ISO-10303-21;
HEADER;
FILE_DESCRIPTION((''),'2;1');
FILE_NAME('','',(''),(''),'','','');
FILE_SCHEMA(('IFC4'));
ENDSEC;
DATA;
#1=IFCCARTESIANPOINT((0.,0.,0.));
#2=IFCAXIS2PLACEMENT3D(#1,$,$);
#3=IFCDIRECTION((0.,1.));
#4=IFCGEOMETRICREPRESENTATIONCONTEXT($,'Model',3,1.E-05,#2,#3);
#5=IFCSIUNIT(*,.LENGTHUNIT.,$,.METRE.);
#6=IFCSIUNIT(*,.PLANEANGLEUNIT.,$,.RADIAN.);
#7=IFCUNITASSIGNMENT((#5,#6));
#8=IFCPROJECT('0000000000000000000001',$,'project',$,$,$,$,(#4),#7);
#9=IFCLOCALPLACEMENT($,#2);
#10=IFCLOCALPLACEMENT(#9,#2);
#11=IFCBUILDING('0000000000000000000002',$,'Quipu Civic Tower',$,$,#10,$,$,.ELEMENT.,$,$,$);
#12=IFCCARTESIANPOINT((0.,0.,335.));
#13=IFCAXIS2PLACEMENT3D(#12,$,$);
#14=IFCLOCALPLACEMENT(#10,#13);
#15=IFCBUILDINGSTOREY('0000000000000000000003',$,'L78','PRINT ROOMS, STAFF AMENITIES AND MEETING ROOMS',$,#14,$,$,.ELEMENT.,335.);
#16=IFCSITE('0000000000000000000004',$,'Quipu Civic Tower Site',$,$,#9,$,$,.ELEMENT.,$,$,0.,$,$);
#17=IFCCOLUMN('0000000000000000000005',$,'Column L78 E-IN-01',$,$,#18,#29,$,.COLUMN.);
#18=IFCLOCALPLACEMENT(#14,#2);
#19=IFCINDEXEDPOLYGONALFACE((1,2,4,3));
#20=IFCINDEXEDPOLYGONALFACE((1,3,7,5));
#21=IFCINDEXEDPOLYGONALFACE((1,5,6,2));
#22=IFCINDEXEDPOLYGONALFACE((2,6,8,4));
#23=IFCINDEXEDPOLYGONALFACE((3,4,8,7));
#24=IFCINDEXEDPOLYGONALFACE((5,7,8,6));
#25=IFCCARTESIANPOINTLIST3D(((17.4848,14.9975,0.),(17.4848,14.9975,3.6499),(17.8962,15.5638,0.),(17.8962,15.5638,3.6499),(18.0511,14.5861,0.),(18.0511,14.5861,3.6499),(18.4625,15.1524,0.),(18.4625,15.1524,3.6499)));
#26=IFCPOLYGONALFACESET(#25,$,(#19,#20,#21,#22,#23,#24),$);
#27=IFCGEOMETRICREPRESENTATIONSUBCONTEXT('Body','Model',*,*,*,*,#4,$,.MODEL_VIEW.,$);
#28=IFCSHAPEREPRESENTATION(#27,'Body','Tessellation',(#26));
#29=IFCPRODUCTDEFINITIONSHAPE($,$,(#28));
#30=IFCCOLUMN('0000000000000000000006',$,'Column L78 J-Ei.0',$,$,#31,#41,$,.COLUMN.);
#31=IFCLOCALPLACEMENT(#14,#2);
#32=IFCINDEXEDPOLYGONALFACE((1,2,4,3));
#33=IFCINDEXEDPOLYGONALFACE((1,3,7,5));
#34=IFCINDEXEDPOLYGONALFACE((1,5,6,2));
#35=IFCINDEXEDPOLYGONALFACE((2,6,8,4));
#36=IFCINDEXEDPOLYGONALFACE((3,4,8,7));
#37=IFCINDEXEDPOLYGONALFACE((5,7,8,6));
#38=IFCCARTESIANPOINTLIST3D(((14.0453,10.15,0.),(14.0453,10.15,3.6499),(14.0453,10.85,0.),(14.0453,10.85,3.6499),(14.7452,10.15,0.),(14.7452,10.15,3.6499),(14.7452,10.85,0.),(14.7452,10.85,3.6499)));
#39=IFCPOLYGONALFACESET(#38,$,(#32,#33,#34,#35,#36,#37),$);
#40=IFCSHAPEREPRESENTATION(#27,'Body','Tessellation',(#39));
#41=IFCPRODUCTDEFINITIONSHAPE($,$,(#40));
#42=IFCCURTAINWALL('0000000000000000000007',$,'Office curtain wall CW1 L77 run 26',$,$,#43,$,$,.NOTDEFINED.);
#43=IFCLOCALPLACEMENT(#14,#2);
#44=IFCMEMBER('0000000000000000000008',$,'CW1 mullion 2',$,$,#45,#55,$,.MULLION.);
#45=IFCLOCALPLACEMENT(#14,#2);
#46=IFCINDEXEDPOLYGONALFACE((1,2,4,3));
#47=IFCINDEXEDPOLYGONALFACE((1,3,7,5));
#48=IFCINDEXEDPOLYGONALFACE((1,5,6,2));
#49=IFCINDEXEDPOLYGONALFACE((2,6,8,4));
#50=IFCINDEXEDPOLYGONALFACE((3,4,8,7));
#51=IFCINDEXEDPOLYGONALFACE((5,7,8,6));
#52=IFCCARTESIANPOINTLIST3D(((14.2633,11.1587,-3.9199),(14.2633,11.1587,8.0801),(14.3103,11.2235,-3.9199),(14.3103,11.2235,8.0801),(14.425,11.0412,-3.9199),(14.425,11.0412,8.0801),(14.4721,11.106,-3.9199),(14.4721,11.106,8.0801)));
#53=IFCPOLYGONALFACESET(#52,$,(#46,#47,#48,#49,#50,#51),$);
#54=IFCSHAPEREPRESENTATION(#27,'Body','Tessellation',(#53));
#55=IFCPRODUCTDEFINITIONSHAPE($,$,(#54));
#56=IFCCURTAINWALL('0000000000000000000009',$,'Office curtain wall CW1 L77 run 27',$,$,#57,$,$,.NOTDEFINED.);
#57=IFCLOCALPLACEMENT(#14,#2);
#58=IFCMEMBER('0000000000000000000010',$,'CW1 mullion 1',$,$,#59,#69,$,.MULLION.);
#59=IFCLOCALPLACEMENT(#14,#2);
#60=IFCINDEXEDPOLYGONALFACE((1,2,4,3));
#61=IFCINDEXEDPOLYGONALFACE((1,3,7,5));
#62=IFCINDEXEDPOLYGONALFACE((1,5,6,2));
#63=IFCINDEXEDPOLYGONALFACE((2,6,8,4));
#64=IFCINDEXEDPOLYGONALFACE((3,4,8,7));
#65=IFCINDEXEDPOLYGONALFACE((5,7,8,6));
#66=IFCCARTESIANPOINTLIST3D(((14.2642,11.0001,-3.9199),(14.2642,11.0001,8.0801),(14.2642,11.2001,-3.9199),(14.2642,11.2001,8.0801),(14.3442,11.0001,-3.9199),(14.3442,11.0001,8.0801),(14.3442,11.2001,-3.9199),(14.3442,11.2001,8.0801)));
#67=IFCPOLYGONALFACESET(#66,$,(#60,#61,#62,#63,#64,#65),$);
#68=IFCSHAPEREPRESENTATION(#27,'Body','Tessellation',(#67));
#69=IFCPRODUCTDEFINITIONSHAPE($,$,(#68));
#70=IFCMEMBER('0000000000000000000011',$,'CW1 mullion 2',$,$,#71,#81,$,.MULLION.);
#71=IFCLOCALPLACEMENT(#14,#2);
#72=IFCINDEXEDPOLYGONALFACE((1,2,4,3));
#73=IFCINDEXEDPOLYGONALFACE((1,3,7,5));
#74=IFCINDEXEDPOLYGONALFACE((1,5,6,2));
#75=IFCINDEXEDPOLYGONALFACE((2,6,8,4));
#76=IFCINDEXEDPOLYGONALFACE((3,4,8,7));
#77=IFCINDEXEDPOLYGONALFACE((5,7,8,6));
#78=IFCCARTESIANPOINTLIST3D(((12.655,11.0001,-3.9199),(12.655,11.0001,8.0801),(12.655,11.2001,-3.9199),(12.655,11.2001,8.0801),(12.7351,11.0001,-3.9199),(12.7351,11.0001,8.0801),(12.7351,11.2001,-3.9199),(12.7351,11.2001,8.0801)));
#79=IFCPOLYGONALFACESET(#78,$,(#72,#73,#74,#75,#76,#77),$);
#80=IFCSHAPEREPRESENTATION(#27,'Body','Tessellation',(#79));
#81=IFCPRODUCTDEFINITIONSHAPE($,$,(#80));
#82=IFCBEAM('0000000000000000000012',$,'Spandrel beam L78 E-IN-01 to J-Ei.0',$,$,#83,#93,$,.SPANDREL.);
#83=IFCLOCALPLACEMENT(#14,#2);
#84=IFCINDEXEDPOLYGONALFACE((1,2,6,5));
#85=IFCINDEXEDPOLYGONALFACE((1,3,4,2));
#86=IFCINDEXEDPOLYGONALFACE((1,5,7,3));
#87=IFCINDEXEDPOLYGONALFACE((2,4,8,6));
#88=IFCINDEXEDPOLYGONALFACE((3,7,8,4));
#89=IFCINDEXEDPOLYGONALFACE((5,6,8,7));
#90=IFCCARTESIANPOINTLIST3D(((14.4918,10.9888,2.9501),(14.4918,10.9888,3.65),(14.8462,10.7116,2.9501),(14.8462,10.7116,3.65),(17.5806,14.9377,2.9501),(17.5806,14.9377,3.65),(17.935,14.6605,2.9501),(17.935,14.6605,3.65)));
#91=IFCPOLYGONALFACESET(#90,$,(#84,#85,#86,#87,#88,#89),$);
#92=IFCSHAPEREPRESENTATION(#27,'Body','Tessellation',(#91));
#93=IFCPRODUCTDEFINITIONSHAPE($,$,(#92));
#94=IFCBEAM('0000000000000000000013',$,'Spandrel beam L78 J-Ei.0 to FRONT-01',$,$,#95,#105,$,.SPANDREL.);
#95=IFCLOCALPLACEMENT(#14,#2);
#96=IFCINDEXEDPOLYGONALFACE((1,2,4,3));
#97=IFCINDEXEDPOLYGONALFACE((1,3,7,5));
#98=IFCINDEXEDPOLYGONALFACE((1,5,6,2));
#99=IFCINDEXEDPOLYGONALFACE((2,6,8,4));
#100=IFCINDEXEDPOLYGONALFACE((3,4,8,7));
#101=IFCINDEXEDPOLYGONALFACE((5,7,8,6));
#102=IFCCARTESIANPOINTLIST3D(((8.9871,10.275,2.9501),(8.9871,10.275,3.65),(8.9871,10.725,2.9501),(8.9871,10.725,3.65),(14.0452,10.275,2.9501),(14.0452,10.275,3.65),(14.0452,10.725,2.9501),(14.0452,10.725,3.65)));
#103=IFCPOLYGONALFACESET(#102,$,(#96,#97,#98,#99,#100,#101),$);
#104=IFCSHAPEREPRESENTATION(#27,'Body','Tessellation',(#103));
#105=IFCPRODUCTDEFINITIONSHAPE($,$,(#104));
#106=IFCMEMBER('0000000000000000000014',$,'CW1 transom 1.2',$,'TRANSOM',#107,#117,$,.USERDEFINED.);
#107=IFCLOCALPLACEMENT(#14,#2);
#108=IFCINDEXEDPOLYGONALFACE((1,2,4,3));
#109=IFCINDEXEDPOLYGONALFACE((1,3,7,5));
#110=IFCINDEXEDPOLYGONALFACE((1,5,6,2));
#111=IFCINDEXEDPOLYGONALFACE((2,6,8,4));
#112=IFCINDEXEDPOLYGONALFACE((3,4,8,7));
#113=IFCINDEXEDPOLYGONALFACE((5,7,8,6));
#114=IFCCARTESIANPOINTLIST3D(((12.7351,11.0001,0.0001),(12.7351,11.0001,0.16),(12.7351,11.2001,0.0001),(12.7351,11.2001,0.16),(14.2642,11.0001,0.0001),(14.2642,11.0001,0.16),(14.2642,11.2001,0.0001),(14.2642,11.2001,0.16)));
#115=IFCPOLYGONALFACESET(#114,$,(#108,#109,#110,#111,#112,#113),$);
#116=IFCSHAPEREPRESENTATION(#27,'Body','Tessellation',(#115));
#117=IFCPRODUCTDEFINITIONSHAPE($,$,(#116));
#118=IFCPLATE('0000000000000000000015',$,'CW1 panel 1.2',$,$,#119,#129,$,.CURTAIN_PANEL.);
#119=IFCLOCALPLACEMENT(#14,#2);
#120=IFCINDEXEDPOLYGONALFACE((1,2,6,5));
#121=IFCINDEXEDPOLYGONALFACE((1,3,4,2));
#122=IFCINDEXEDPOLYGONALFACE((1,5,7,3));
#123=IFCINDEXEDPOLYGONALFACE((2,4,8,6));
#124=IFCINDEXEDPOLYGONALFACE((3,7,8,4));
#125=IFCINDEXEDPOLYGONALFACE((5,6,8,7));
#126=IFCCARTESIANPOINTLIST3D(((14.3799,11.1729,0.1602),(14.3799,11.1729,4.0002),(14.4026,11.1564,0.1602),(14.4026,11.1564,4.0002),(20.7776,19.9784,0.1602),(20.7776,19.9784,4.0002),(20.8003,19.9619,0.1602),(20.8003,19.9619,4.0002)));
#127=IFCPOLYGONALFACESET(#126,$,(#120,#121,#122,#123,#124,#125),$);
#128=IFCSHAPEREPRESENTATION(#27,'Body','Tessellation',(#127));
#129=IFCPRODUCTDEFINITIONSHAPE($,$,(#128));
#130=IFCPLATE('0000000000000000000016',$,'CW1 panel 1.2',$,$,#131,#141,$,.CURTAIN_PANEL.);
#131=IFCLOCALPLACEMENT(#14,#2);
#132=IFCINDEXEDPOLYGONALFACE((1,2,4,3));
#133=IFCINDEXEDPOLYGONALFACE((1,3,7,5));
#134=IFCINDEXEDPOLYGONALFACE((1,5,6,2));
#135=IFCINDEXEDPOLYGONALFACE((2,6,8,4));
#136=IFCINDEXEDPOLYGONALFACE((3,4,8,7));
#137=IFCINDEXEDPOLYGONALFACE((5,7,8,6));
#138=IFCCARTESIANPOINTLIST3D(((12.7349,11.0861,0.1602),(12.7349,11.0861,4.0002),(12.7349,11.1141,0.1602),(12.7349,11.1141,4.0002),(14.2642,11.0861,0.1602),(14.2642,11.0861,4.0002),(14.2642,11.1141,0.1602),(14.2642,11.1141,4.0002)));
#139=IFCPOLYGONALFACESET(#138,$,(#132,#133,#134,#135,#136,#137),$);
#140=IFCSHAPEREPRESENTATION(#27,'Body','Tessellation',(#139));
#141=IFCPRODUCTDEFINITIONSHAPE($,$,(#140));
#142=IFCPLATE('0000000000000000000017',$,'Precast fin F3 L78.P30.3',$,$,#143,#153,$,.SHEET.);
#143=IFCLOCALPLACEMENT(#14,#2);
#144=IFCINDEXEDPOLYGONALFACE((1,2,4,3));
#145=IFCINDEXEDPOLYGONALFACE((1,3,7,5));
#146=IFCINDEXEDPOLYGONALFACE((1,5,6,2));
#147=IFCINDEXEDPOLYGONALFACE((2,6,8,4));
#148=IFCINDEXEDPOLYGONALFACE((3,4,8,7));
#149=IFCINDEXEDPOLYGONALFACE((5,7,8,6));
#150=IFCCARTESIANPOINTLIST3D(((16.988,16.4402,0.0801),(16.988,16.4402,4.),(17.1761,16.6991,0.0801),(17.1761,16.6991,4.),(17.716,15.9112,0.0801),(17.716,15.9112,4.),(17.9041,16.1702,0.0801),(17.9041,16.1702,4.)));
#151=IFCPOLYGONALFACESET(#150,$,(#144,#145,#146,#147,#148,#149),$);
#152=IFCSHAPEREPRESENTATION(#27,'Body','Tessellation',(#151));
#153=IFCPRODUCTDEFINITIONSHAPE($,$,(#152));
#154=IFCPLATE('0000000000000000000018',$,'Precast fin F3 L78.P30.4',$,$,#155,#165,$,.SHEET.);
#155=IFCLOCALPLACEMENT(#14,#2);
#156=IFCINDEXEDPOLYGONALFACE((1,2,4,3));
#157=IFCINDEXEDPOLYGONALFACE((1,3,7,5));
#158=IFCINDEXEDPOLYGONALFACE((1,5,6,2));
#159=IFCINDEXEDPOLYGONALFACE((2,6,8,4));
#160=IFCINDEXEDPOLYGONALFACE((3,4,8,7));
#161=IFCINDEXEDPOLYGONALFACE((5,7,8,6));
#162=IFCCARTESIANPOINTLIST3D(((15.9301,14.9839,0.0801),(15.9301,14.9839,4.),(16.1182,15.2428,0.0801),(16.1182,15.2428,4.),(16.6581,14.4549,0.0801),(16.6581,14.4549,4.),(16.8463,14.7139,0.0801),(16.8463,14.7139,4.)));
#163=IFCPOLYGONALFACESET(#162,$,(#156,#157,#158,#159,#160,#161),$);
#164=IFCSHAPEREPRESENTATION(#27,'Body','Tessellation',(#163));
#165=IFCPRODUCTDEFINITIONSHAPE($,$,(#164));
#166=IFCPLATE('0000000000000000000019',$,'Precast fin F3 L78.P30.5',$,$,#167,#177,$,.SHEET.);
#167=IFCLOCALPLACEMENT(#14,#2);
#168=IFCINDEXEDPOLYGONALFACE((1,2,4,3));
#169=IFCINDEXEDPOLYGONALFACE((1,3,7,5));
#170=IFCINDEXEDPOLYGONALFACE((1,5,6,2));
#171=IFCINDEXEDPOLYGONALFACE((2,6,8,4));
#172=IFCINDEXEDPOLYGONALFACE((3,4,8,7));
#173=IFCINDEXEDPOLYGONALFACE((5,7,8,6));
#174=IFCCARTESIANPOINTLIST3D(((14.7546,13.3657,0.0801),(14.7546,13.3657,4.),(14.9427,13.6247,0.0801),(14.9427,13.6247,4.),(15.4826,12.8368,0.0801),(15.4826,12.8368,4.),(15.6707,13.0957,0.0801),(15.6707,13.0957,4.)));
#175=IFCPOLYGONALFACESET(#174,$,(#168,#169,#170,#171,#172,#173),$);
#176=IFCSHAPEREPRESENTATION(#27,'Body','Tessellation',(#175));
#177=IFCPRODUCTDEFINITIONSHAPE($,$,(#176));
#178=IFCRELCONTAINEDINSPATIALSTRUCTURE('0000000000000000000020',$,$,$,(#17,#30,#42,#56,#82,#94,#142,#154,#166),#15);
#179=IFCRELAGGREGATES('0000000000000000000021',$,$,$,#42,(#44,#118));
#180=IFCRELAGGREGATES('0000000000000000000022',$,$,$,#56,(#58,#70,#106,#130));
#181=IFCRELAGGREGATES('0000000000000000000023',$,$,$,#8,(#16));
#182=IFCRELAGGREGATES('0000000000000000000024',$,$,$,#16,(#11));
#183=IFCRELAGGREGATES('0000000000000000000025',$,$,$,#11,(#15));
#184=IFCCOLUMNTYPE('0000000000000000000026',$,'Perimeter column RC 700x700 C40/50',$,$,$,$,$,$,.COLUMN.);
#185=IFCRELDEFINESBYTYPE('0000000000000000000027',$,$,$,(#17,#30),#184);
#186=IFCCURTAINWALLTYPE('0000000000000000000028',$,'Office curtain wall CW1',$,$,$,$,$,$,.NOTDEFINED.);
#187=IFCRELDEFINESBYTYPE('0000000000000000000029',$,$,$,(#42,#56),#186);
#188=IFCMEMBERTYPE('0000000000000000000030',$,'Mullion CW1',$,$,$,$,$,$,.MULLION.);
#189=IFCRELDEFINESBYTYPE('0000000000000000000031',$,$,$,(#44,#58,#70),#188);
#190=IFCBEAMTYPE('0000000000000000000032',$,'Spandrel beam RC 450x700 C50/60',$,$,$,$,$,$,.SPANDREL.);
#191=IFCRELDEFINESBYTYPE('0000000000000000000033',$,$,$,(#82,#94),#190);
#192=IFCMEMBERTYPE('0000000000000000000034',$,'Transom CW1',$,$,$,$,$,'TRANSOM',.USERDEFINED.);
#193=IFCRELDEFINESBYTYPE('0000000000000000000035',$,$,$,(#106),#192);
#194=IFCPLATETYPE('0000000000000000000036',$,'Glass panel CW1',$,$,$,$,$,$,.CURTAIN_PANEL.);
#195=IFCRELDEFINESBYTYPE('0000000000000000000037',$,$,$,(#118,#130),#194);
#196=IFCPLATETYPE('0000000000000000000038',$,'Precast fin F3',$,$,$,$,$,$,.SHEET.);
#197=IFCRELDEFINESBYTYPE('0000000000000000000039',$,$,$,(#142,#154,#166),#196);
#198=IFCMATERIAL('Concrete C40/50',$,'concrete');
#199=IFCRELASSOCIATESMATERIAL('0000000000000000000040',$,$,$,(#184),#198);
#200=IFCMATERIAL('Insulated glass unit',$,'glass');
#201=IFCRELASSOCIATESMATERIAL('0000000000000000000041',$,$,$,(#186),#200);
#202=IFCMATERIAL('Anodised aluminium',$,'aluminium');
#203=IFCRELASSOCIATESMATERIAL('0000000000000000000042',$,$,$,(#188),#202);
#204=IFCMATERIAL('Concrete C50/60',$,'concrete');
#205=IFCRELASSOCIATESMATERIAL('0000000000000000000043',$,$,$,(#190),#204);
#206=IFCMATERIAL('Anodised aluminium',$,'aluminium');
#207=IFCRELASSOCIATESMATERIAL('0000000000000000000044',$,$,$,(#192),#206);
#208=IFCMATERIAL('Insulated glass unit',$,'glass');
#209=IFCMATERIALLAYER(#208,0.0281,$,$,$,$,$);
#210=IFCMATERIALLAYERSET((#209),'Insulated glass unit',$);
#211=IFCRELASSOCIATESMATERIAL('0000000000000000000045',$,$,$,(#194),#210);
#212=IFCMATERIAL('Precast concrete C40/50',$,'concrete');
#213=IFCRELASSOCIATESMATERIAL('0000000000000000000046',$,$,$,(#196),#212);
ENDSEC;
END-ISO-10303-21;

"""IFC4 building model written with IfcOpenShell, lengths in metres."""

from ifc_helpers import new_model, si_unit, direction, frame, origin, origin_2d, place, context, subcontext, project, spatial, rectangle, extrude, material, layer, layer_set, material_profile, profile_set, type_object, element, aggregate, save


model = new_model("IFC4")

# Units and contexts
model_context = context("Model", 3, precision=1e-05, world=origin(), true_north=direction((0.0, 1.0)))
body_context = subcontext(model_context, "Body", "Model", "MODEL_VIEW")
ifc_project = project(units=[si_unit("LENGTHUNIT", "METRE"), si_unit("PLANEANGLEUNIT", "RADIAN")], contexts=[model_context])

# Site, building, storey
site_placement = place(None, origin())
site = spatial("IfcSite", under=ifc_project, at=site_placement, Name="Quipu Civic Tower Site", CompositionType="ELEMENT", RefElevation=0.0)
building_placement = place(site_placement, origin())
building = spatial("IfcBuilding", under=site, at=building_placement, Name="Quipu Civic Tower", CompositionType="ELEMENT")
storey_placement = place(building_placement, frame((0.0, 0.0, 335.0)))
storey = spatial("IfcBuildingStorey", under=building, at=storey_placement, Name="L78", Description="PRINT ROOMS, STAFF AMENITIES AND MEETING ROOMS", CompositionType="ELEMENT", Elevation=335.0)

# Columns
ifc_material_1 = material(Name="Concrete C40/50", Category="concrete")
ifc_material_profile_1 = material_profile(ifc_material_1, rectangle(XDim=0.7, YDim=0.7, at=origin_2d()), Name="RC700x700")
ifc_profile_set_1 = profile_set([ifc_material_profile_1], Name="Concrete C40/50")
column_type = type_object("IfcColumnType", Name="Perimeter column RC 700x700 C40/50", PredefinedType="COLUMN", material=ifc_profile_set_1)
for number, where, z_axis, x_axis, name in (
    (1, (17.9736, 15.075, 0.0), (0.0, 0.0, 1.0), (-0.587785, -0.809017, 0.0), "Column L78 E-IN-01"),
    (2, (14.3953, 10.5, 0.0), (0.0, 0.0, 1.0), (-1.0, 0.0, 0.0), "Column L78 J-Ei.0"),
):
    element("IfcColumn", number, at=place(storey_placement, frame(where, z_axis=z_axis, x_axis=x_axis)), inside=storey, type_object=column_type, Name=name, PredefinedType="COLUMN", context=body_context, shape_type="SweptSolid", body=[
        extrude(rectangle(XDim=0.7, YDim=0.7, at=origin_2d()), origin(), (0.0, 0.0, 1.0), 3.6499),
    ])

# Curtain wall, member
ifc_material_2 = material(Name="Insulated glass unit", Category="glass")
curtain_wall_type = type_object("IfcCurtainWallType", Name="Office curtain wall CW1", PredefinedType="NOTDEFINED", material=ifc_material_2)
curtain_wall_1_placement = place(storey_placement, origin())
curtain_wall_1 = element("IfcCurtainWall", 3, at=curtain_wall_1_placement, inside=storey, type_object=curtain_wall_type, Name="Office curtain wall CW1 L77 run 26", PredefinedType="NOTDEFINED")
ifc_material_3 = material(Name="Anodised aluminium", Category="aluminium")
ifc_material_profile_2 = material_profile(ifc_material_3, rectangle(XDim=0.2, YDim=0.0801, at=origin_2d()), Name="RECT 200x80")
ifc_profile_set_2 = profile_set([ifc_material_profile_2], Name="Anodised aluminium")
member_type_1 = type_object("IfcMemberType", Name="Mullion CW1", PredefinedType="MULLION", material=ifc_profile_set_2)
member_1_placement = place(storey_placement, frame((14.3677, 11.1323, -3.9199), z_axis=(0.0, 0.0, 1.0), x_axis=(0.809015, -0.587788, 0.0)))
member_1 = element("IfcMember", 4, at=member_1_placement, type_object=member_type_1, Name="CW1 mullion 2", PredefinedType="MULLION", context=body_context, shape_type="SweptSolid", body=[
    extrude(rectangle(XDim=0.2, YDim=0.0801, at=origin_2d()), origin(), (0.0, 0.0, 1.0), 12.0),
])

# Curtain wall, members
curtain_wall_2_placement = place(storey_placement, origin())
curtain_wall_2 = element("IfcCurtainWall", 5, at=curtain_wall_2_placement, inside=storey, type_object=curtain_wall_type, Name="Office curtain wall CW1 L77 run 27", PredefinedType="NOTDEFINED")
member_2_placement = place(storey_placement, frame((14.3042, 11.1001, -3.9199), z_axis=(0.0, 0.0, 1.0), x_axis=(0.0, -1.0, 0.0)))
member_2 = element("IfcMember", 6, at=member_2_placement, type_object=member_type_1, Name="CW1 mullion 1", PredefinedType="MULLION", context=body_context, shape_type="SweptSolid", body=[
    extrude(rectangle(XDim=0.2, YDim=0.0801, at=origin_2d()), origin(), (0.0, 0.0, 1.0), 12.0),
])
member_3_placement = place(storey_placement, frame((12.6951, 11.1001, -3.9199), z_axis=(0.0, 0.0, 1.0), x_axis=(0.0, -1.0, 0.0)))
member_3 = element("IfcMember", 7, at=member_3_placement, type_object=member_type_1, Name="CW1 mullion 2", PredefinedType="MULLION", context=body_context, shape_type="SweptSolid", body=[
    extrude(rectangle(XDim=0.2, YDim=0.0801, at=origin_2d()), origin(), (0.0, 0.0, 1.0), 12.0),
])

# Beams
ifc_material_4 = material(Name="Concrete C50/60", Category="concrete")
ifc_material_profile_3 = material_profile(ifc_material_4, rectangle(XDim=0.45, YDim=0.7, at=origin_2d()), Name="RC450x700")
ifc_profile_set_3 = profile_set([ifc_material_profile_3], Name="Concrete C50/60")
beam_type = type_object("IfcBeamType", Name="Spandrel beam RC 450x700 C50/60", PredefinedType="SPANDREL", material=ifc_profile_set_3)
beam_1_placement = place(storey_placement, frame((17.7578, 14.7991, 3.3), z_axis=(-0.616106, -0.787663, 0.0), x_axis=(0.787663, -0.616106, 0.0)))
element("IfcBeam", 8, at=beam_1_placement, inside=storey, type_object=beam_type, Name="Spandrel beam L78 E-IN-01 to J-Ei.0", PredefinedType="SPANDREL", context=body_context, shape_type="SweptSolid", body=[
    extrude(rectangle(XDim=0.45, YDim=0.7, at=origin_2d()), origin(), (0.0, 0.0, 1.0), 5.0134),
])
beam_2_placement = place(storey_placement, frame((14.0452, 10.5, 3.3), z_axis=(-1.0, 0.0, 0.0), x_axis=(0.0, -1.0, 0.0)))
element("IfcBeam", 9, at=beam_2_placement, inside=storey, type_object=beam_type, Name="Spandrel beam L78 J-Ei.0 to FRONT-01", PredefinedType="SPANDREL", context=body_context, shape_type="SweptSolid", body=[
    extrude(rectangle(XDim=0.45, YDim=0.7, at=origin_2d()), origin(), (0.0, 0.0, 1.0), 5.0581),
])

# Member
ifc_material_5 = material(Name="Anodised aluminium", Category="aluminium")
ifc_material_profile_4 = material_profile(ifc_material_5, rectangle(XDim=0.2, YDim=0.1599, at=origin_2d()), Name="RECT 200x160")
ifc_profile_set_4 = profile_set([ifc_material_profile_4], Name="Anodised aluminium")
member_type_2 = type_object("IfcMemberType", Name="Transom CW1", ElementType="TRANSOM", PredefinedType="USERDEFINED", material=ifc_profile_set_4)
member_4_placement = place(storey_placement, frame((14.2642, 11.1001, 0.0801), z_axis=(-1.0, 0.0, 0.0), x_axis=(0.0, -1.0, 0.0)))
member_4 = element("IfcMember", 10, at=member_4_placement, type_object=member_type_2, Name="CW1 transom 1.2", ObjectType="TRANSOM", PredefinedType="USERDEFINED", context=body_context, shape_type="SweptSolid", body=[
    extrude(rectangle(XDim=0.2, YDim=0.1599, at=origin_2d()), origin(), (0.0, 0.0, 1.0), 1.5291),
])

# Plates
ifc_material_6 = material(Name="Insulated glass unit", Category="glass")
ifc_layer_1 = layer(ifc_material_6, 0.0281)
ifc_layer_set_1 = layer_set([ifc_layer_1], Name="Insulated glass unit")
plate_type_1 = type_object("IfcPlateType", Name="Glass panel CW1", PredefinedType="CURTAIN_PANEL", material=ifc_layer_set_1)
plate_1_placement = place(storey_placement, frame((17.5901, 15.5674, 0.1602), z_axis=(0.0, 0.0, 1.0), x_axis=(-0.587788, -0.809015, 0.0)))
plate_1 = element("IfcPlate", 11, at=plate_1_placement, type_object=plate_type_1, Name="CW1 panel 1.2", PredefinedType="CURTAIN_PANEL", context=body_context, shape_type="SweptSolid", body=[
    extrude(rectangle(XDim=10.8843, YDim=0.0281, at=origin_2d()), origin(), (0.0, 0.0, 1.0), 3.8401),
])
aggregate(curtain_wall_1, [member_1, plate_1])
plate_2_placement = place(storey_placement, frame((13.4995, 11.1001, 0.1602), z_axis=(0.0, 0.0, 1.0), x_axis=(-1.0, 0.0, 0.0)))
plate_2 = element("IfcPlate", 12, at=plate_2_placement, type_object=plate_type_1, Name="CW1 panel 1.2", PredefinedType="CURTAIN_PANEL", context=body_context, shape_type="SweptSolid", body=[
    extrude(rectangle(XDim=1.5293, YDim=0.0281, at=origin_2d()), origin(), (0.0, 0.0, 1.0), 3.8401),
])
aggregate(curtain_wall_2, [member_2, member_3, member_4, plate_2])

# Plates
ifc_material_7 = material(Name="Precast concrete C40/50", Category="concrete")
plate_type_2 = type_object("IfcPlateType", Name="Precast fin F3", PredefinedType="SHEET", material=ifc_material_7)
for number, where, z_axis, x_axis, name in (
    (13, (17.446, 16.3052, 0.0801), (0.0, 0.0, 1.0), (-0.587784, -0.809018, 0.0), "Precast fin F3 L78.P30.3"),
    (14, (16.3882, 14.8489, 0.0801), (0.0, 0.0, 1.0), (-0.587784, -0.809018, 0.0), "Precast fin F3 L78.P30.4"),
    (15, (15.2126, 13.2307, 0.0801), (0.0, 0.0, 1.0), (-0.587784, -0.809018, 0.0), "Precast fin F3 L78.P30.5"),
):
    element("IfcPlate", number, at=place(storey_placement, frame(where, z_axis=z_axis, x_axis=x_axis)), inside=storey, type_object=plate_type_2, Name=name, PredefinedType="SHEET", context=body_context, shape_type="SweptSolid", body=[
        extrude(rectangle(XDim=0.3201, YDim=0.8999, at=origin_2d()), origin(), (0.0, 0.0, 1.0), 3.9199),
    ])

save(model, "model.ifc")
